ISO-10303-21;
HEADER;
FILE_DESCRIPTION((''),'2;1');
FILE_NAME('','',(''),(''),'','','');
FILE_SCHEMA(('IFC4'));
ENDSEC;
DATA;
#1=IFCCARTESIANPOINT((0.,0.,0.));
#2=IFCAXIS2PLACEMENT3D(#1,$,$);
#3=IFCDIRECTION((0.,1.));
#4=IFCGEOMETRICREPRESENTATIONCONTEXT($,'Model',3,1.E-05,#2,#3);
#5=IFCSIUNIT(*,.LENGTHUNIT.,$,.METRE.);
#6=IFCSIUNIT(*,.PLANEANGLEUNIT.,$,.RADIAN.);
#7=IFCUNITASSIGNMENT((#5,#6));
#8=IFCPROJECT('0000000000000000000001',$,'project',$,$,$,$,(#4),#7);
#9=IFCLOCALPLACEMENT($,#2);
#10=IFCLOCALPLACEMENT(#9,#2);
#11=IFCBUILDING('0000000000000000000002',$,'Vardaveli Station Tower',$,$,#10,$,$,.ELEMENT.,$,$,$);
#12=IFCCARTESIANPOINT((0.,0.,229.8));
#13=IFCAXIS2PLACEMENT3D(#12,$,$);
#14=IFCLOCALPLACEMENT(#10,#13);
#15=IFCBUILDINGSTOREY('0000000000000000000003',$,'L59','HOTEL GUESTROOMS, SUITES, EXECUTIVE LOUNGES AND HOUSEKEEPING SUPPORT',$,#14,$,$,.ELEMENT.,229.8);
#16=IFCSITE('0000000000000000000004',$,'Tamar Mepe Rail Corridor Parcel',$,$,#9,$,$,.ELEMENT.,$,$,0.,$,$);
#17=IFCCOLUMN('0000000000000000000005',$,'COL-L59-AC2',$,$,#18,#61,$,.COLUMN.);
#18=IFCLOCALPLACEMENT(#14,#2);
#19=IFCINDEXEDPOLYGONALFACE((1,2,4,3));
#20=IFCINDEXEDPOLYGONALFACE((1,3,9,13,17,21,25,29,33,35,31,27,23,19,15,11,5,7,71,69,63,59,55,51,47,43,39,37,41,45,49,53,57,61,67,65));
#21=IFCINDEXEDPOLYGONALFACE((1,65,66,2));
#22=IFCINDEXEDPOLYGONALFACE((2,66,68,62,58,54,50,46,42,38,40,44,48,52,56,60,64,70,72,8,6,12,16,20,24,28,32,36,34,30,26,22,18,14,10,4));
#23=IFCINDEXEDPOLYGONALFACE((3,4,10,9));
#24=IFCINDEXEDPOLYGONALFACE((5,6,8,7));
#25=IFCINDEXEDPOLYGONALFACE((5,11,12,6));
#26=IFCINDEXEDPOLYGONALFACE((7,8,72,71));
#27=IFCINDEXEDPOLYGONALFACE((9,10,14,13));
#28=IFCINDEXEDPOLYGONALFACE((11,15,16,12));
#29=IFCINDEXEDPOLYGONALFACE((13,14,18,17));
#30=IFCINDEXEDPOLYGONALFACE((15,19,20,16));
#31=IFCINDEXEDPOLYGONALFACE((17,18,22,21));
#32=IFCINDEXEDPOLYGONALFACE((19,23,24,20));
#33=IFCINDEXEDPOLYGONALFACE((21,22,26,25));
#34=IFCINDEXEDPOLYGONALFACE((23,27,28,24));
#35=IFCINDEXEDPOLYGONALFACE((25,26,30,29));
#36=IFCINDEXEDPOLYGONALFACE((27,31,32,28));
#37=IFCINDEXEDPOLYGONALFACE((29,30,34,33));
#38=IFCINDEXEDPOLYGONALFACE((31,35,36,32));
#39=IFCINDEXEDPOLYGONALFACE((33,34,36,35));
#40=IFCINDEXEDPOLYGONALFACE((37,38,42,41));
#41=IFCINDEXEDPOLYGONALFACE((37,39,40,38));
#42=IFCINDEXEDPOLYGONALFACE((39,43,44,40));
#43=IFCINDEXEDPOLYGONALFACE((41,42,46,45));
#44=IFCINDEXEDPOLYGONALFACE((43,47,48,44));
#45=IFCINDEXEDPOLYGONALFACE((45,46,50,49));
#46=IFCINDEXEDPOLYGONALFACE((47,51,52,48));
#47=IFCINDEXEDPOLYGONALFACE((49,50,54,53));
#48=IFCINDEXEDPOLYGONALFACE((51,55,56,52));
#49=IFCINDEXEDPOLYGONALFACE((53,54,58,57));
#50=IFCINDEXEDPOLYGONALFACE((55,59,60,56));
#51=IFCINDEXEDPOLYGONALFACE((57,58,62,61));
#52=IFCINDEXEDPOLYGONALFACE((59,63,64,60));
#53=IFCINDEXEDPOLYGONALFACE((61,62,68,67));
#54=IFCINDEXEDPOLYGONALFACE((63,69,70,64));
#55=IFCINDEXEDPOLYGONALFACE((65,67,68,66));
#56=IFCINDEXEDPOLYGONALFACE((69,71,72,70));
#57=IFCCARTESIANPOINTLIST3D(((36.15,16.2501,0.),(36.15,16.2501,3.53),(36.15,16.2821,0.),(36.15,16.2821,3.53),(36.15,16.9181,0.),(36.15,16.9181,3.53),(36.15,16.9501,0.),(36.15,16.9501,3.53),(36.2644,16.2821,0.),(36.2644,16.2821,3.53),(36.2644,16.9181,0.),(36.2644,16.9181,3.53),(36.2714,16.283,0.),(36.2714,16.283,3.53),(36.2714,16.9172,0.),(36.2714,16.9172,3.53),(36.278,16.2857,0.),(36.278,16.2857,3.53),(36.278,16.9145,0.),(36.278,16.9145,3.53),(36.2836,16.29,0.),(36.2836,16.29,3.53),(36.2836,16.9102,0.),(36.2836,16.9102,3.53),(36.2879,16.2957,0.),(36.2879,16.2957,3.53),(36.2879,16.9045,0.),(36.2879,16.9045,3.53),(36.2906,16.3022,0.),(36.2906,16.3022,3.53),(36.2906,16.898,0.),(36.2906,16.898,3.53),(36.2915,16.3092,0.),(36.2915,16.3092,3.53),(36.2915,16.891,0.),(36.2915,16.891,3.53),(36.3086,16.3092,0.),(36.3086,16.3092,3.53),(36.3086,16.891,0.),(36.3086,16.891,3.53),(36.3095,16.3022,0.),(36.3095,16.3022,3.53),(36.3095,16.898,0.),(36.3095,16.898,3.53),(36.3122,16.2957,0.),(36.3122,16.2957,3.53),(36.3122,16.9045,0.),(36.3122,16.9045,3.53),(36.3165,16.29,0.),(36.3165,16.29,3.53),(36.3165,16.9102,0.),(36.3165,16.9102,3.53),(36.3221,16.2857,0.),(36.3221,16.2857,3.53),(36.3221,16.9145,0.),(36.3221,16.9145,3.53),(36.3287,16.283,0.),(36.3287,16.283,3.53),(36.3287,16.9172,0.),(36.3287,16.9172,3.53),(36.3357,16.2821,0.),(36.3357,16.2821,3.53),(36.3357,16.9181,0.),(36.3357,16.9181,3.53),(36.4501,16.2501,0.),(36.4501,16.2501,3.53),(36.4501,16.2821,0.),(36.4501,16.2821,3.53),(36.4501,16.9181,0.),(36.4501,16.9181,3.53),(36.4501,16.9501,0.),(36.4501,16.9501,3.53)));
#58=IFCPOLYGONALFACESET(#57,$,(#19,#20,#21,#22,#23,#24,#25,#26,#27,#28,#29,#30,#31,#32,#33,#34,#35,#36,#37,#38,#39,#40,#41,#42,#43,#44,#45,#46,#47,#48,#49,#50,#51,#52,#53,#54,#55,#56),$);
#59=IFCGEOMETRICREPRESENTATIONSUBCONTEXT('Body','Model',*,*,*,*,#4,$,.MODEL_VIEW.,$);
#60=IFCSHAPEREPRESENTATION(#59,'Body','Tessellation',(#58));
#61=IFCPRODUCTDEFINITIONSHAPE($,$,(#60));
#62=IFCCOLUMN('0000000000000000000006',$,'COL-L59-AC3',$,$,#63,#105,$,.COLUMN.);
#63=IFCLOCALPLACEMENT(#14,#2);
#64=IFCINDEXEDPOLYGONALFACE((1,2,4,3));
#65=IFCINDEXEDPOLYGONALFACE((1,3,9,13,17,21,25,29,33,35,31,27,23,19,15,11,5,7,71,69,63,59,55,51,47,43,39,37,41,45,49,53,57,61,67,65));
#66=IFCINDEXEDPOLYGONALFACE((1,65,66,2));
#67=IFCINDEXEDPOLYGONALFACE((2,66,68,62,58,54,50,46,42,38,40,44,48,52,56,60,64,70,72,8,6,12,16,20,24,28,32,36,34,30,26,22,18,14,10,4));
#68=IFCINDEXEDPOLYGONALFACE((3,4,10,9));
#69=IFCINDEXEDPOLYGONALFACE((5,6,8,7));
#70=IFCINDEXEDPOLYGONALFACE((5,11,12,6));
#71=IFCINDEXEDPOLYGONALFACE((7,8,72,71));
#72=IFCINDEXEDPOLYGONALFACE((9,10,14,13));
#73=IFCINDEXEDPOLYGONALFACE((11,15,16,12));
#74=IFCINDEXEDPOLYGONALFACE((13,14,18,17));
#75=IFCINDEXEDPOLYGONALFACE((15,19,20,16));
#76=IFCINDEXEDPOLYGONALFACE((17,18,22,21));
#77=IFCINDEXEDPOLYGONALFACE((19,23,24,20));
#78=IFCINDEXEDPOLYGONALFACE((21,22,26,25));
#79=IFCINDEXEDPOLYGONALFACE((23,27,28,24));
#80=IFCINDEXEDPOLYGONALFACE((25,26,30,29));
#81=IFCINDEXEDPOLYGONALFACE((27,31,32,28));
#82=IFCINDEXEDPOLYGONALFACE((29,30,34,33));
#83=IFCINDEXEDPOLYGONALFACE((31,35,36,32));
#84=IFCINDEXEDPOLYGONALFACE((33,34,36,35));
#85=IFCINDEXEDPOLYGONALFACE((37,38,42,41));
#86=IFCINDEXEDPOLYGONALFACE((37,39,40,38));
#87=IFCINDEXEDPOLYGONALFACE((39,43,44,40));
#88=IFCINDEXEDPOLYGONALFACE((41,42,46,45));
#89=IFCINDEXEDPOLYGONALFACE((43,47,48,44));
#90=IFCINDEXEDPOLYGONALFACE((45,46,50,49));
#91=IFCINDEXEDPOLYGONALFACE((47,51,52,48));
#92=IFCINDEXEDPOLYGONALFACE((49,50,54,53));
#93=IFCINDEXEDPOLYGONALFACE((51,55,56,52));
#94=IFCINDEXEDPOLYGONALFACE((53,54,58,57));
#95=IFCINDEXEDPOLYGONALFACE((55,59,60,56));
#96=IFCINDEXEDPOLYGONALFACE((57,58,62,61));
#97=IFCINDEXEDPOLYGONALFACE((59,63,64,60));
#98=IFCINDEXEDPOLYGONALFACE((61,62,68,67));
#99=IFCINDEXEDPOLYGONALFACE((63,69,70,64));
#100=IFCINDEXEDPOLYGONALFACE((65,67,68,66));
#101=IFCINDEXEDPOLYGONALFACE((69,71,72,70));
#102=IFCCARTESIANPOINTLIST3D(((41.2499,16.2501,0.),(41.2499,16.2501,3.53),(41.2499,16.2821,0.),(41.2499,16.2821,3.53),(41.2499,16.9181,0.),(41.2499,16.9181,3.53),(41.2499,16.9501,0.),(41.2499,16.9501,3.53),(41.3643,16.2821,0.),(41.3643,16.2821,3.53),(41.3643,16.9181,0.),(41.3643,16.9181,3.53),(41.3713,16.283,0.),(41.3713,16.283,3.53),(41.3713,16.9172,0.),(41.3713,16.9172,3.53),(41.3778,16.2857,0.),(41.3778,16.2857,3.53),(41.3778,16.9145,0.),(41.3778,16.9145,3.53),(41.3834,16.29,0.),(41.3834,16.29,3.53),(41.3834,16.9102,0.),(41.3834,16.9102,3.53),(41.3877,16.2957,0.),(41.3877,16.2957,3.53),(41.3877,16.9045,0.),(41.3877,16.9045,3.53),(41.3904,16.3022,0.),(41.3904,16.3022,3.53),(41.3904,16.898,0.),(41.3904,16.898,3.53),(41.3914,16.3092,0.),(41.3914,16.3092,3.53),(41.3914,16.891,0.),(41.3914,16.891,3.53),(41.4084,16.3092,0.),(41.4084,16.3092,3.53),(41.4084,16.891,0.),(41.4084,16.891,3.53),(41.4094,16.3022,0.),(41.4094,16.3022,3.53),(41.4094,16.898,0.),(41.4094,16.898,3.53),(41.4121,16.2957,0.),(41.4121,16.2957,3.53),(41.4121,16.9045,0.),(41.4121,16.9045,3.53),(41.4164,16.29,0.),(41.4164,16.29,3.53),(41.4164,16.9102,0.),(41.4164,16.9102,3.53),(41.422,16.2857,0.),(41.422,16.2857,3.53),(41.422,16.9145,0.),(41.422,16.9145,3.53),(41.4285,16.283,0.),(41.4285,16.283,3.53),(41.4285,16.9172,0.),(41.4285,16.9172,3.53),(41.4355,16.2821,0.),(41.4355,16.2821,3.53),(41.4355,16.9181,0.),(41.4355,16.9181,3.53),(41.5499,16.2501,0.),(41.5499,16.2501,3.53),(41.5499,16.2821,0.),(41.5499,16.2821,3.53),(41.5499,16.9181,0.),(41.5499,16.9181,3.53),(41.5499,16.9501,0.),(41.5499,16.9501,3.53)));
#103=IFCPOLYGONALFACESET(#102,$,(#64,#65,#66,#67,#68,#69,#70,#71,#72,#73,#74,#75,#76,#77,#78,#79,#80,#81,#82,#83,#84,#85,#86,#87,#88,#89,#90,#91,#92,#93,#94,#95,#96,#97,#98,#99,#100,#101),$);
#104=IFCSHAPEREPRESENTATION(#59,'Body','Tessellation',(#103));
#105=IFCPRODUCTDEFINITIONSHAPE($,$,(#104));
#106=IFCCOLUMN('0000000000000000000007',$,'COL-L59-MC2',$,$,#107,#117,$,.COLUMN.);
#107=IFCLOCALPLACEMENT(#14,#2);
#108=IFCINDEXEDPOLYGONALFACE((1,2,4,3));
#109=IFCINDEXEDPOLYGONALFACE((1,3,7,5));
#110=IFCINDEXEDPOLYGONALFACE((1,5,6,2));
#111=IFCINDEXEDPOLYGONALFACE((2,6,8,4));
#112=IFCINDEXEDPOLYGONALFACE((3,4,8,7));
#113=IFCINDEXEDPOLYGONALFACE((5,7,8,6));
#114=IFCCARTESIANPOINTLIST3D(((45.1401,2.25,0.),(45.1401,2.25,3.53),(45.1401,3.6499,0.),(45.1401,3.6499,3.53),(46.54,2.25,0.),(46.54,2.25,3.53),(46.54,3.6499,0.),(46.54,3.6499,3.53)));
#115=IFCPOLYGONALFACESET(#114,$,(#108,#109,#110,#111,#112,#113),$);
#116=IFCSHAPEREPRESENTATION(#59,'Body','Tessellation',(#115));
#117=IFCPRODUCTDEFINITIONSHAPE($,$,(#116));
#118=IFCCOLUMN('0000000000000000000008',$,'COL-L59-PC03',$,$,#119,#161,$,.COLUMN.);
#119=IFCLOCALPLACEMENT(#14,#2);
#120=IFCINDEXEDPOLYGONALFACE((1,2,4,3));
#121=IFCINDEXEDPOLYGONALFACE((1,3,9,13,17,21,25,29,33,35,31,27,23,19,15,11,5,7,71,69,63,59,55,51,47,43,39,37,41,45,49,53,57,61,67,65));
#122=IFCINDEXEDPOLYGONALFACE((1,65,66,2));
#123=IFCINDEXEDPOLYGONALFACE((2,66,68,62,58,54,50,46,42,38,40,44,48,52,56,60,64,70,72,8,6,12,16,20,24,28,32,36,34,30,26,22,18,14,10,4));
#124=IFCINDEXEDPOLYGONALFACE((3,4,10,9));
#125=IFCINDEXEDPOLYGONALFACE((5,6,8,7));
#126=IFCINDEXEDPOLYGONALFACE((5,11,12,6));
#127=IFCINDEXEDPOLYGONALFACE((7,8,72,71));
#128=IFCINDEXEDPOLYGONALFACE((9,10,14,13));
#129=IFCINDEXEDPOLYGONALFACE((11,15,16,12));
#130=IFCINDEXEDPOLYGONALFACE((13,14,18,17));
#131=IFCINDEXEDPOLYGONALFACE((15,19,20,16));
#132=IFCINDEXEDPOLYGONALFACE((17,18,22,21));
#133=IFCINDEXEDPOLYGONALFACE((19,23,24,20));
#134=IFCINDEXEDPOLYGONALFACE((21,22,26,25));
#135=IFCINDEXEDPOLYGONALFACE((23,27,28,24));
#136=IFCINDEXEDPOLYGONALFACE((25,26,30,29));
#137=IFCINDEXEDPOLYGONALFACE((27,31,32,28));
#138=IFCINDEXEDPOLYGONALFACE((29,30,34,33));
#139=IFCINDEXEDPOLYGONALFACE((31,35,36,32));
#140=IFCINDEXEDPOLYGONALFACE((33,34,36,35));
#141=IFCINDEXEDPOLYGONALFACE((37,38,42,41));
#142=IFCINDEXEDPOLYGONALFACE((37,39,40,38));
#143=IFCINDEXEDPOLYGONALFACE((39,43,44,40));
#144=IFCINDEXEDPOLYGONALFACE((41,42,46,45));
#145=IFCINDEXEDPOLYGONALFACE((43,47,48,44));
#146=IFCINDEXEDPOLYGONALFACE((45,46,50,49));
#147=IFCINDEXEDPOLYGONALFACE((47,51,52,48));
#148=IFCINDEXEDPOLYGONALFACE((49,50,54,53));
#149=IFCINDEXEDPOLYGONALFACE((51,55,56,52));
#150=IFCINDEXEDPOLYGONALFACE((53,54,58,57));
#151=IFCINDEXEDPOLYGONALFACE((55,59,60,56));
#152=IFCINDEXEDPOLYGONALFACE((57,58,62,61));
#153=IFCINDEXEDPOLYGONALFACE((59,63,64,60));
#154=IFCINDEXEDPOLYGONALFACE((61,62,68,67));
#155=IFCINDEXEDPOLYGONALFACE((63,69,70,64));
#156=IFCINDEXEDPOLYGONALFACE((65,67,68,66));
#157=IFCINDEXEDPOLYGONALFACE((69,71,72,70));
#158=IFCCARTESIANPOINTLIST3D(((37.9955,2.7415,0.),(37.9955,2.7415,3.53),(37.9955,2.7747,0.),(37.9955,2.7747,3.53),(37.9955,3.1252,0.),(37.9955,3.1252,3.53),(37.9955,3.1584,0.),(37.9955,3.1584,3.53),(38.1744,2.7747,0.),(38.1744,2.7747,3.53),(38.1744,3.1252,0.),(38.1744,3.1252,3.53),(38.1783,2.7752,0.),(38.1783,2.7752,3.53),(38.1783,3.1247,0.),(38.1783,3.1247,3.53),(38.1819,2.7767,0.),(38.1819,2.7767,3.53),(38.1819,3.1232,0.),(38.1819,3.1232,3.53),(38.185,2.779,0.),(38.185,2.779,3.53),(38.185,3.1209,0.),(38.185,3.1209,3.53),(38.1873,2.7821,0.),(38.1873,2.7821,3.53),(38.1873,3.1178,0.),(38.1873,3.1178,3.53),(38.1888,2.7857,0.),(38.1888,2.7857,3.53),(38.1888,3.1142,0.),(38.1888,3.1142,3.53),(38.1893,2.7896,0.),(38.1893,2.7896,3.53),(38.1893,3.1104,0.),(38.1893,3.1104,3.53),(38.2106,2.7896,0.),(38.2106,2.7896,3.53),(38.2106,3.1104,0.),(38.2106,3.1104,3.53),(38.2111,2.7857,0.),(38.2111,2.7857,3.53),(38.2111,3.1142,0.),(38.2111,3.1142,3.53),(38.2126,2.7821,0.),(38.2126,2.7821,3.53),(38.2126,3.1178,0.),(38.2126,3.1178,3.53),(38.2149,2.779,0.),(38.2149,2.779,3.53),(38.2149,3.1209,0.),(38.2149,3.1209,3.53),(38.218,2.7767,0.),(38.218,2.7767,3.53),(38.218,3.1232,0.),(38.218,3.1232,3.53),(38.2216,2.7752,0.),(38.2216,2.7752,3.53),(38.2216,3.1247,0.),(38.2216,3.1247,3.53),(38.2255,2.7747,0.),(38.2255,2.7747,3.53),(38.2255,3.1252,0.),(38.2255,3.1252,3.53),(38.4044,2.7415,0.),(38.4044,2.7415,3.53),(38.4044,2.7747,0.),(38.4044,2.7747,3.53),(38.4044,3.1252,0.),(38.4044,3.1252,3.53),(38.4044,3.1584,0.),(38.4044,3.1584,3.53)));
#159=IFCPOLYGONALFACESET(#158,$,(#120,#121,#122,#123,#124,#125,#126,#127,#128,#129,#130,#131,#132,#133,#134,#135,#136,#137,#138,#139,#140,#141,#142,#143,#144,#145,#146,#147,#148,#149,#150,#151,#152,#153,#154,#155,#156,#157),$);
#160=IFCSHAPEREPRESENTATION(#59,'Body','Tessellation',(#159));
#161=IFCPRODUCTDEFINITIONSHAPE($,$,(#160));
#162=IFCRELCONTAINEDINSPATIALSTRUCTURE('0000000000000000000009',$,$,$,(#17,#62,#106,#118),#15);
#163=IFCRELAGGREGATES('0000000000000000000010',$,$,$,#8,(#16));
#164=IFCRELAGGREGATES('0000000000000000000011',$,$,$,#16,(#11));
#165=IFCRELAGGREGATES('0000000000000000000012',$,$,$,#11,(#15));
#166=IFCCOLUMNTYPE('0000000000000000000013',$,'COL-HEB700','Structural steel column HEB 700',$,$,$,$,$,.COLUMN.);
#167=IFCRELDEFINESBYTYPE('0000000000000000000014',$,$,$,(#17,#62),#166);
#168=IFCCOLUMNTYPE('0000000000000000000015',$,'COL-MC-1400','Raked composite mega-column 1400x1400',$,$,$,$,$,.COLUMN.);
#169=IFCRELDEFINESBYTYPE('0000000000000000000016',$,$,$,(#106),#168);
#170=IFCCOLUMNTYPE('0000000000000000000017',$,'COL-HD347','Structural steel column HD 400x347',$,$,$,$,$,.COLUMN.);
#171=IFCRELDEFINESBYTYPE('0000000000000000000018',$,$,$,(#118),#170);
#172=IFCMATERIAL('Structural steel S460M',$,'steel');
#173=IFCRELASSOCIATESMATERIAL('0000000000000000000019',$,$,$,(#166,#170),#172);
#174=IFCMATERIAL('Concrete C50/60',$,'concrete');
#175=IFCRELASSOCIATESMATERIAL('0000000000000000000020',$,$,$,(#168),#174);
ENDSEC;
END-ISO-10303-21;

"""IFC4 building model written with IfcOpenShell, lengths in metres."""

from ifc_helpers import new_model, si_unit, direction, frame, origin, origin_2d, place, context, subcontext, project, spatial, rectangle, i_section, extrude, source, transform, mapped, material, material_profile, profile_set, type_object, element, save


model = new_model("IFC4")

# Units and contexts
model_context = context("Model", 3, precision=1e-05, world=origin(), true_north=direction((0.0, 1.0)))
body_context = subcontext(model_context, "Body", "Model", "MODEL_VIEW")
ifc_project = project(units=[si_unit("LENGTHUNIT", "METRE"), si_unit("PLANEANGLEUNIT", "RADIAN")], contexts=[model_context])

# Site, building, storey
site_placement = place(None, origin())
site = spatial("IfcSite", under=ifc_project, at=site_placement, Name="Tamar Mepe Rail Corridor Parcel", CompositionType="ELEMENT", RefElevation=0.0)
building_placement = place(site_placement, origin())
building = spatial("IfcBuilding", under=site, at=building_placement, Name="Vardaveli Station Tower", CompositionType="ELEMENT")
storey_placement = place(building_placement, frame((0.0, 0.0, 229.8)))
storey = spatial("IfcBuildingStorey", under=building, at=storey_placement, Name="L59", Description="HOTEL GUESTROOMS, SUITES, EXECUTIVE LOUNGES AND HOUSEKEEPING SUPPORT", CompositionType="ELEMENT", Elevation=229.8)

# Columns
ifc_material_1 = material(Name="Structural steel S460M", Category="steel")
ifc_material_profile_1 = material_profile(ifc_material_1, i_section(OverallWidth=0.3, OverallDepth=0.7, WebThickness=0.0171, FlangeThickness=0.032, FilletRadius=0.0271, at=origin_2d()), Name="HEB 700")
ifc_profile_set_1 = profile_set([ifc_material_profile_1], Name="Structural steel S460M")
column_type_1 = type_object("IfcColumnType", Name="COL-HEB700", Description="Structural steel column HEB 700", PredefinedType="COLUMN", material=ifc_profile_set_1)
shared_shape_1 = source(origin(), body_context, "Body", "SweptSolid", [
    extrude(i_section(OverallWidth=0.3, OverallDepth=0.7, WebThickness=0.0171, FlangeThickness=0.032, FilletRadius=0.0271, at=origin_2d()), origin(), (0.0, 0.0, 1.0), 3.53),
])
for number, where, z_axis, x_axis, name in (
    (1, (36.3, 16.6001, 0.0), (0.0, 0.0, 1.0), (1.0, 0.0, 0.0), "COL-L59-AC2"),
    (2, (41.3999, 16.6001, 0.0), (0.0, 0.0, 1.0), (1.0, 0.0, 0.0), "COL-L59-AC3"),
):
    element("IfcColumn", number, at=place(storey_placement, frame(where, z_axis=z_axis, x_axis=x_axis)), inside=storey, type_object=column_type_1, Name=name, PredefinedType="COLUMN", context=body_context, shape_type="MappedRepresentation", body=[
        mapped(shared_shape_1, transform((0.0, 0.0, 0.0), scale=1.0)),
    ])
ifc_material_2 = material(Name="Concrete C50/60", Category="concrete")
ifc_material_profile_2 = material_profile(ifc_material_2, rectangle(XDim=1.3999, YDim=1.3999, at=origin_2d()), Name="MC 1400x1400")
ifc_profile_set_2 = profile_set([ifc_material_profile_2], Name="Concrete C50/60")
column_type_2 = type_object("IfcColumnType", Name="COL-MC-1400", Description="Raked composite mega-column 1400x1400", PredefinedType="COLUMN", material=ifc_profile_set_2)
shared_shape_2 = source(origin(), body_context, "Body", "SweptSolid", [
    extrude(rectangle(XDim=1.3999, YDim=1.3999, at=origin_2d()), origin(), (0.0, 0.0, 1.0), 3.53),
])
column_1_placement = place(storey_placement, frame((45.8401, 2.95, 0.0), z_axis=(0.0, 0.0, 1.0), x_axis=(1.0, 0.0, 0.0)))
element("IfcColumn", 3, at=column_1_placement, inside=storey, type_object=column_type_2, Name="COL-L59-MC2", PredefinedType="COLUMN", context=body_context, shape_type="MappedRepresentation", body=[
    mapped(shared_shape_2, transform((0.0, 0.0, 0.0), scale=1.0)),
])
ifc_material_profile_3 = material_profile(ifc_material_1, i_section(OverallWidth=0.4089, OverallDepth=0.417, WebThickness=0.0212, FlangeThickness=0.0332, FilletRadius=0.0149, at=origin_2d()), Name="HD 400x347")
ifc_profile_set_3 = profile_set([ifc_material_profile_3], Name="Structural steel S460M")
column_type_3 = type_object("IfcColumnType", Name="COL-HD347", Description="Structural steel column HD 400x347", PredefinedType="COLUMN", material=ifc_profile_set_3)
shared_shape_3 = source(origin(), body_context, "Body", "SweptSolid", [
    extrude(i_section(OverallWidth=0.4089, OverallDepth=0.417, WebThickness=0.0212, FlangeThickness=0.0332, FilletRadius=0.0149, at=origin_2d()), origin(), (0.0, 0.0, 1.0), 3.53),
])
column_2_placement = place(storey_placement, frame((38.2, 2.95, 0.0), z_axis=(0.0, 0.0, 1.0), x_axis=(1.0, 0.0, 0.0)))
element("IfcColumn", 4, at=column_2_placement, inside=storey, type_object=column_type_3, Name="COL-L59-PC03", PredefinedType="COLUMN", context=body_context, shape_type="MappedRepresentation", body=[
    mapped(shared_shape_3, transform((0.0, 0.0, 0.0), scale=1.0)),
])

save(model, "model.ifc")
